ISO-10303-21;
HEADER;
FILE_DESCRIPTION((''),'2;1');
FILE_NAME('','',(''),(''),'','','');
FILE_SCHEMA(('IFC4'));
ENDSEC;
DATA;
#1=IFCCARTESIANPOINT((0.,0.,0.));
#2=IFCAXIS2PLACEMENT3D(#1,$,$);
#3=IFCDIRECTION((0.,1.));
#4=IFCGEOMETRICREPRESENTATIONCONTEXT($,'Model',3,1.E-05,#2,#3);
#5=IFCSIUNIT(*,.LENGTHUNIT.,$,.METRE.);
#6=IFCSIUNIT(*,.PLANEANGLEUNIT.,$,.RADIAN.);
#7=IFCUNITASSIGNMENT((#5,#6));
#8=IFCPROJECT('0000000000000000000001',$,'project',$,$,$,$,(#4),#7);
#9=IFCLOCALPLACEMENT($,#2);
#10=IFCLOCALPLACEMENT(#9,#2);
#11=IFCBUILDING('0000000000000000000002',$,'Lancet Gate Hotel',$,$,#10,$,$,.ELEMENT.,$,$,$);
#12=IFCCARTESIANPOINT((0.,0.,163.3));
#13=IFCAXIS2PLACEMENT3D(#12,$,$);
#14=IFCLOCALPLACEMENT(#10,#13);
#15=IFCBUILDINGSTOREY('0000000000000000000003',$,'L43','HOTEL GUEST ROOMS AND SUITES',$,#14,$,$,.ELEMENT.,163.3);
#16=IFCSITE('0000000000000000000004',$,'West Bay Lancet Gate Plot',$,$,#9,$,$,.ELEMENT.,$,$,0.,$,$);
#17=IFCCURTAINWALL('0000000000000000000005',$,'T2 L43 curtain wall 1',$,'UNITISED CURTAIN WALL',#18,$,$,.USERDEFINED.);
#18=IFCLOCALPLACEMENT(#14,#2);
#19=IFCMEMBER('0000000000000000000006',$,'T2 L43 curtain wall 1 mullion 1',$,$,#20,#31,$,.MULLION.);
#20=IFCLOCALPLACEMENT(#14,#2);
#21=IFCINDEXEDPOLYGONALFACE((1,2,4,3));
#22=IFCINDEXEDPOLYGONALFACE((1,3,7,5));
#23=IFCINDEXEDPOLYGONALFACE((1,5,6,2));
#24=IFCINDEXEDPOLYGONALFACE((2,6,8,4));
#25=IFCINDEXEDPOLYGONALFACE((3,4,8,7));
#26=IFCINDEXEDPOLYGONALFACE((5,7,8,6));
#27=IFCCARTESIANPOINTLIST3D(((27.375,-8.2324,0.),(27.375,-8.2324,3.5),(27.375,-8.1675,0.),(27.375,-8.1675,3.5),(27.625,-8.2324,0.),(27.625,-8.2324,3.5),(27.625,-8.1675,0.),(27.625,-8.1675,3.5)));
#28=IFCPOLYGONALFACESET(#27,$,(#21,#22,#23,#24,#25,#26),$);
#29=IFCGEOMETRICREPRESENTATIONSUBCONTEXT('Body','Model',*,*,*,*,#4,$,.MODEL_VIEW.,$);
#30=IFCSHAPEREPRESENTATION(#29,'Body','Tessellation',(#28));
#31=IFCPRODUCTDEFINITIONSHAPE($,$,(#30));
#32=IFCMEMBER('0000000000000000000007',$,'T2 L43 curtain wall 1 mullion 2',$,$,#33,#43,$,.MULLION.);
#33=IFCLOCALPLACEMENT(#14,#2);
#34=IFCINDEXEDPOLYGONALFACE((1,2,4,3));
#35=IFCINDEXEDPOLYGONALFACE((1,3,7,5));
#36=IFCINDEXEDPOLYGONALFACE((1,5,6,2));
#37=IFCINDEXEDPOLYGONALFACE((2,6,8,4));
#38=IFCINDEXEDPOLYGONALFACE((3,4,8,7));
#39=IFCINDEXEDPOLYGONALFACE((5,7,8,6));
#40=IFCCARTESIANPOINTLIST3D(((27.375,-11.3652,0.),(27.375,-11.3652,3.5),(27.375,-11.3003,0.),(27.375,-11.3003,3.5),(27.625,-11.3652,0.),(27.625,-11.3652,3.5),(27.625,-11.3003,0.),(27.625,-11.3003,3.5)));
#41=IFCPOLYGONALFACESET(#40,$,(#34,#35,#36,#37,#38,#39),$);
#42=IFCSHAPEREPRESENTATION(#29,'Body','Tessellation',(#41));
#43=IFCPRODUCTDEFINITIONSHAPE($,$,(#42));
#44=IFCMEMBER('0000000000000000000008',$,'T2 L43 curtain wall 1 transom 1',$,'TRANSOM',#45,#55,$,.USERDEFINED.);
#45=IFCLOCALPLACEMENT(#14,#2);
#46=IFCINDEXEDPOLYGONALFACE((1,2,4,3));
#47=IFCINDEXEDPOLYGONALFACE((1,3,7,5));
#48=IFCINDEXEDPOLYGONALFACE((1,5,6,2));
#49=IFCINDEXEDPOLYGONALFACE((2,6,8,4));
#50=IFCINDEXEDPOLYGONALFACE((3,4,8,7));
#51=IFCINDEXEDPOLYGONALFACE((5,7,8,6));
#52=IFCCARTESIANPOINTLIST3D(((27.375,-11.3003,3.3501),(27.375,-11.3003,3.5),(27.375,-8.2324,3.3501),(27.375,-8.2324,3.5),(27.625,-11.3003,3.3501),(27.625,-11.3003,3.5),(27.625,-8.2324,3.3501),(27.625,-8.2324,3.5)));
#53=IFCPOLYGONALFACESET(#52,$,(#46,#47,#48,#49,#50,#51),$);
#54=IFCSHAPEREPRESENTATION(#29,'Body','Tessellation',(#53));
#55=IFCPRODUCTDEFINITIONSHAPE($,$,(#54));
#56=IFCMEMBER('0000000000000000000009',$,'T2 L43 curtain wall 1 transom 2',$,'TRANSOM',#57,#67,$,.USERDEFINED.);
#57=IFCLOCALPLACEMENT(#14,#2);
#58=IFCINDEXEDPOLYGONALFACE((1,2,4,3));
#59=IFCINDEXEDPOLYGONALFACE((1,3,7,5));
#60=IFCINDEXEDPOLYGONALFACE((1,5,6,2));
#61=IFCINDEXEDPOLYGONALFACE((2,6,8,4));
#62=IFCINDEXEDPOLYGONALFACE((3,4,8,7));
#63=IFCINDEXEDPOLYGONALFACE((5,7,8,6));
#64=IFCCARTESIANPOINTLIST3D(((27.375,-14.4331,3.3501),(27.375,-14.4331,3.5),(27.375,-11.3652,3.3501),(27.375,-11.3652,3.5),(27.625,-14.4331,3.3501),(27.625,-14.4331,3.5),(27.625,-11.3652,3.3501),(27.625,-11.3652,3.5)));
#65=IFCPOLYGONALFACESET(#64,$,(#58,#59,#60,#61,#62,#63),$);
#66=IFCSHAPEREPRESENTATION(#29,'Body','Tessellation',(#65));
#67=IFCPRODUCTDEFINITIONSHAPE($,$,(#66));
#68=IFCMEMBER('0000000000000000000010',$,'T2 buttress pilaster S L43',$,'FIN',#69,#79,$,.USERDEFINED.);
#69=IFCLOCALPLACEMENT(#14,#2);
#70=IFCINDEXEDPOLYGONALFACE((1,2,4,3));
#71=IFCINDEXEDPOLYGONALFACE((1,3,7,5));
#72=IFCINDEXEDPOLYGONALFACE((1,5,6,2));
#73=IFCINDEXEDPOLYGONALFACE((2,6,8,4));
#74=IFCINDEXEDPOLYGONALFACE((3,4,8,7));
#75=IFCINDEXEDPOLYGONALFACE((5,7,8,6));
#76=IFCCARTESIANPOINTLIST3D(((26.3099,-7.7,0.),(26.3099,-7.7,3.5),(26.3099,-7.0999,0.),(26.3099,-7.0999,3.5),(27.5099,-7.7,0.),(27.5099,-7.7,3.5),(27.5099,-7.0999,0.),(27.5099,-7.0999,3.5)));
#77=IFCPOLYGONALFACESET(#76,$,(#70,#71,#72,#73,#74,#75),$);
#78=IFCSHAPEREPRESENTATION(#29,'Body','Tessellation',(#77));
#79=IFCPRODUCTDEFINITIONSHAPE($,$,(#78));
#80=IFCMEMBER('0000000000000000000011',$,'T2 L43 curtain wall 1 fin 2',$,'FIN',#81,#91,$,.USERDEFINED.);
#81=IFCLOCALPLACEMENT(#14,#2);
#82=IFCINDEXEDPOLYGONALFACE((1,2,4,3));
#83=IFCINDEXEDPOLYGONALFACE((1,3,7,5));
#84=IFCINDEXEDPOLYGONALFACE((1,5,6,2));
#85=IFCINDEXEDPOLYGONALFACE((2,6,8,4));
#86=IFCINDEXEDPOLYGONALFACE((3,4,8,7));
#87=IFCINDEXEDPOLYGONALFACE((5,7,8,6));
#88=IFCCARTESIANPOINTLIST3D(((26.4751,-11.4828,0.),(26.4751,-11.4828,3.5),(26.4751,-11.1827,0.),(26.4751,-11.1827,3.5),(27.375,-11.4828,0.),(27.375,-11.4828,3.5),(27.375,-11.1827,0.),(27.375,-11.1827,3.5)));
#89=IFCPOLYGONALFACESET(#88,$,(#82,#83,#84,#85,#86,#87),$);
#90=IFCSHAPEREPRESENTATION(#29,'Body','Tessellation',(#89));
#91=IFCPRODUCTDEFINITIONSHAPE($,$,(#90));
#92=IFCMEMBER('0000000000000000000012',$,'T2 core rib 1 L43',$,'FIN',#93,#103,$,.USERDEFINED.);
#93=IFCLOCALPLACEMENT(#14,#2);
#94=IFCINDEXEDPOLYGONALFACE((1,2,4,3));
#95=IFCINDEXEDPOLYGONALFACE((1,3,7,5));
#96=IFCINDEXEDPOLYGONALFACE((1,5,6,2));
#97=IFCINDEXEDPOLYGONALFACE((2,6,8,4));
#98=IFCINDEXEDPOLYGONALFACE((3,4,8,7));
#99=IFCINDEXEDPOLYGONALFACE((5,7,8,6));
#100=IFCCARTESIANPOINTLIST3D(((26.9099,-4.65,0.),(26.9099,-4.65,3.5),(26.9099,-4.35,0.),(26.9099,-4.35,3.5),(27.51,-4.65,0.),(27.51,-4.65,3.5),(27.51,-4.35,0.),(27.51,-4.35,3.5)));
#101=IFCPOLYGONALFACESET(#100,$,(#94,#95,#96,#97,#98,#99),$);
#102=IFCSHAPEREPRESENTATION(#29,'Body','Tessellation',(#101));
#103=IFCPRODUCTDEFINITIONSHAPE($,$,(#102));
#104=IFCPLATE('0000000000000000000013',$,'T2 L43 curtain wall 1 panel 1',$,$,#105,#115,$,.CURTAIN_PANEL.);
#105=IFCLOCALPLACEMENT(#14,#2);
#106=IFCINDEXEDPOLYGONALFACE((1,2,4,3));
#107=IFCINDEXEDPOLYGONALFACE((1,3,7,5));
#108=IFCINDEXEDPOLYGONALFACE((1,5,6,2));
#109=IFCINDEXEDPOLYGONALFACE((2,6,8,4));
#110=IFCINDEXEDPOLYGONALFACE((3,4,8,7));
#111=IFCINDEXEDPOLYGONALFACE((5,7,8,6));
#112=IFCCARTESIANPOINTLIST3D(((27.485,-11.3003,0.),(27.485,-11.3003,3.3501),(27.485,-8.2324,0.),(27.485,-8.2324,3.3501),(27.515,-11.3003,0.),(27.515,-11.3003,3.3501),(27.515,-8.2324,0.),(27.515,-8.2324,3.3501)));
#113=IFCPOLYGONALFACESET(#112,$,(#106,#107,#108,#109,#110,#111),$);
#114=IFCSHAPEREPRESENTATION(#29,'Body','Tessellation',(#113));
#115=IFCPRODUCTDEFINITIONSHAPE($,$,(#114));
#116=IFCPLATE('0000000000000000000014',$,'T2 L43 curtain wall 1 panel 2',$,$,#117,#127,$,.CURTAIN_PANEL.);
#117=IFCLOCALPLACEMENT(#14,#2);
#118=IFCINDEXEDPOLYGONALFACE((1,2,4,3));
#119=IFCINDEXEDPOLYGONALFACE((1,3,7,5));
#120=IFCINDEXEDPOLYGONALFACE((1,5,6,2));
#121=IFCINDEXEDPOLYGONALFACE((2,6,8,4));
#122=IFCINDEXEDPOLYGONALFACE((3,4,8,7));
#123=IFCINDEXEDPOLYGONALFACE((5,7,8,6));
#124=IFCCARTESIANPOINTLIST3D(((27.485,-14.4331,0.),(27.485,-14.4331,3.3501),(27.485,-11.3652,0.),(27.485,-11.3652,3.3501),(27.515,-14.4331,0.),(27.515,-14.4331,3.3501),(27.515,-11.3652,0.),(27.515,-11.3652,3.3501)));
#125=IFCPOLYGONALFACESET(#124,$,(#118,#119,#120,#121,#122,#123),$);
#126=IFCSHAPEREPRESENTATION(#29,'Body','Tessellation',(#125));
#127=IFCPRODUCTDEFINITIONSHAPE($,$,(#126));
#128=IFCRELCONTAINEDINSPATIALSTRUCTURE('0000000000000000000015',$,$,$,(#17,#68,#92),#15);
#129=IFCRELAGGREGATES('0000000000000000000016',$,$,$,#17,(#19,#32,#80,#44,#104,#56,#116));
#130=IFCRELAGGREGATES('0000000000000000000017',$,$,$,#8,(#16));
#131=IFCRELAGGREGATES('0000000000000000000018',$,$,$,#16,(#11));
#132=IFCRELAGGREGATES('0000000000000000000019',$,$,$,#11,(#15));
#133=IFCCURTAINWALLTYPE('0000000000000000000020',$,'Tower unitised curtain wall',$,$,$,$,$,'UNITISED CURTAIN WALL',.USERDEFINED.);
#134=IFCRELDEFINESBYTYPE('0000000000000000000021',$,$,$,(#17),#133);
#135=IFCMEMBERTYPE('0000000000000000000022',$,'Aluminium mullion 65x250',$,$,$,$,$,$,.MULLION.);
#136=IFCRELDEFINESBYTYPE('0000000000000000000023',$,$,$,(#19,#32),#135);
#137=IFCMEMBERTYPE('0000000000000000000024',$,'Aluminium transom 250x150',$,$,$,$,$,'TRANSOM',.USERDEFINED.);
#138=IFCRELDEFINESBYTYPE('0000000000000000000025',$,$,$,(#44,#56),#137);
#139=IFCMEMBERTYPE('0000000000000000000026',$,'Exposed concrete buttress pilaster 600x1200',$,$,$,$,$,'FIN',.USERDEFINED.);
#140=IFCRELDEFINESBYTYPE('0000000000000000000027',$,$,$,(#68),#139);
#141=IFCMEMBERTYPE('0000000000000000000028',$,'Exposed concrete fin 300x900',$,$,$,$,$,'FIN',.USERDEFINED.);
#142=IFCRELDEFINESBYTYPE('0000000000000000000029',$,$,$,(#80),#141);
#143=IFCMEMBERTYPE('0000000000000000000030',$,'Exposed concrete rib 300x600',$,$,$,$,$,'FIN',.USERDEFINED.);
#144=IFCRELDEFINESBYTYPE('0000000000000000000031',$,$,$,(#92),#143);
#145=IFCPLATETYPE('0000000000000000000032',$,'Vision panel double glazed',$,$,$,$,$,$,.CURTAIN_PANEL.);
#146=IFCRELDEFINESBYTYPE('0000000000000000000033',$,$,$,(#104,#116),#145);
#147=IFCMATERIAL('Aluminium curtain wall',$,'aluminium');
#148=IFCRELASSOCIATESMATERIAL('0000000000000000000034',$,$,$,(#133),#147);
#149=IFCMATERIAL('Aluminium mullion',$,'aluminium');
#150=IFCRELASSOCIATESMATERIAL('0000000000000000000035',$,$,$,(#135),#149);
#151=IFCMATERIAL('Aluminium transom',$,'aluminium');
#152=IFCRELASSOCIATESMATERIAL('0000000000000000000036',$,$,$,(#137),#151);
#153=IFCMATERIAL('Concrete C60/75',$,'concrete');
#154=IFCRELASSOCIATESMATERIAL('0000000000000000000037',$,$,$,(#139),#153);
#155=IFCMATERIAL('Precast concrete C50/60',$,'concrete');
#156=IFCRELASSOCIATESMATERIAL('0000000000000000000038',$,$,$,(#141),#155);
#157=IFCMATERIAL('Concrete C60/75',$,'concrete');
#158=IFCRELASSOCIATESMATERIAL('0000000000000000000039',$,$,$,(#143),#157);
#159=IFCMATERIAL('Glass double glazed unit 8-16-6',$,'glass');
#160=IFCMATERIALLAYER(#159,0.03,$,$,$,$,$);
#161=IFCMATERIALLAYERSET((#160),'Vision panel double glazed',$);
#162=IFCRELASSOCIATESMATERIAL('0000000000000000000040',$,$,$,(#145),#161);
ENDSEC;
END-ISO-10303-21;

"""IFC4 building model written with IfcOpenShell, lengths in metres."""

from ifc_helpers import new_model, si_unit, direction, frame, origin, origin_2d, place, context, subcontext, project, spatial, rectangle, extrude, material, layer, layer_set, material_profile, profile_set, type_object, element, aggregate, save


model = new_model("IFC4")

# Units and contexts
model_context = context("Model", 3, precision=1e-05, world=origin(), true_north=direction((0.0, 1.0)))
body_context = subcontext(model_context, "Body", "Model", "MODEL_VIEW")
ifc_project = project(units=[si_unit("LENGTHUNIT", "METRE"), si_unit("PLANEANGLEUNIT", "RADIAN")], contexts=[model_context])

# Site, building, storey
site_placement = place(None, origin())
site = spatial("IfcSite", under=ifc_project, at=site_placement, Name="West Bay Lancet Gate Plot", CompositionType="ELEMENT", RefElevation=0.0)
building_placement = place(site_placement, origin())
building = spatial("IfcBuilding", under=site, at=building_placement, Name="Lancet Gate Hotel", CompositionType="ELEMENT")
storey_placement = place(building_placement, frame((0.0, 0.0, 163.3)))
storey = spatial("IfcBuildingStorey", under=building, at=storey_placement, Name="L43", Description="HOTEL GUEST ROOMS AND SUITES", CompositionType="ELEMENT", Elevation=163.3)

# Curtain wall, members
ifc_material_1 = material(Name="Aluminium curtain wall", Category="aluminium")
curtain_wall_type = type_object("IfcCurtainWallType", Name="Tower unitised curtain wall", ElementType="UNITISED CURTAIN WALL", PredefinedType="USERDEFINED", material=ifc_material_1)
curtain_wall_placement = place(storey_placement, origin())
curtain_wall = element("IfcCurtainWall", 1, at=curtain_wall_placement, inside=storey, type_object=curtain_wall_type, Name="T2 L43 curtain wall 1", ObjectType="UNITISED CURTAIN WALL", PredefinedType="USERDEFINED")
ifc_material_2 = material(Name="Aluminium mullion", Category="aluminium")
ifc_material_profile_1 = material_profile(ifc_material_2, rectangle(XDim=0.0649, YDim=0.25, at=origin_2d()), Name="MULLION 65x250")
ifc_profile_set_1 = profile_set([ifc_material_profile_1], Name="Aluminium mullion")
member_type_1 = type_object("IfcMemberType", Name="Aluminium mullion 65x250", PredefinedType="MULLION", material=ifc_profile_set_1)
member_1_placement = place(storey_placement, frame((27.5, -8.2, 0.0), z_axis=(0.0, 0.0, 1.0), x_axis=(0.0, -1.0, 0.0)))
member_1 = element("IfcMember", 2, at=member_1_placement, type_object=member_type_1, Name="T2 L43 curtain wall 1 mullion 1", PredefinedType="MULLION", context=body_context, shape_type="SweptSolid", body=[
    extrude(rectangle(XDim=0.0649, YDim=0.25, at=origin_2d()), origin(), (0.0, 0.0, 1.0), 3.5),
])
member_2_placement = place(storey_placement, frame((27.5, -11.3328, 0.0), z_axis=(0.0, 0.0, 1.0), x_axis=(0.0, -1.0, 0.0)))
member_2 = element("IfcMember", 3, at=member_2_placement, type_object=member_type_1, Name="T2 L43 curtain wall 1 mullion 2", PredefinedType="MULLION", context=body_context, shape_type="SweptSolid", body=[
    extrude(rectangle(XDim=0.0649, YDim=0.25, at=origin_2d()), origin(), (0.0, 0.0, 1.0), 3.5),
])
ifc_material_3 = material(Name="Aluminium transom", Category="aluminium")
ifc_material_profile_2 = material_profile(ifc_material_3, rectangle(XDim=0.25, YDim=0.1499, at=origin_2d()), Name="TRANSOM 250x150")
ifc_profile_set_2 = profile_set([ifc_material_profile_2], Name="Aluminium transom")
member_type_2 = type_object("IfcMemberType", Name="Aluminium transom 250x150", ElementType="TRANSOM", PredefinedType="USERDEFINED", material=ifc_profile_set_2)
member_3_placement = place(storey_placement, frame((27.5, -8.2324, 3.425), z_axis=(0.0, -1.0, 0.0), x_axis=(1.0, 0.0, 0.0)))
member_3 = element("IfcMember", 4, at=member_3_placement, type_object=member_type_2, Name="T2 L43 curtain wall 1 transom 1", ObjectType="TRANSOM", PredefinedType="USERDEFINED", context=body_context, shape_type="SweptSolid", body=[
    extrude(rectangle(XDim=0.25, YDim=0.1499, at=origin_2d()), origin(), (0.0, 0.0, 1.0), 3.0679),
])
member_4_placement = place(storey_placement, frame((27.5, -11.3652, 3.425), z_axis=(0.0, -1.0, 0.0), x_axis=(1.0, 0.0, 0.0)))
member_4 = element("IfcMember", 5, at=member_4_placement, type_object=member_type_2, Name="T2 L43 curtain wall 1 transom 2", ObjectType="TRANSOM", PredefinedType="USERDEFINED", context=body_context, shape_type="SweptSolid", body=[
    extrude(rectangle(XDim=0.25, YDim=0.1499, at=origin_2d()), origin(), (0.0, 0.0, 1.0), 3.0679),
])

# Members
ifc_material_4 = material(Name="Concrete C60/75", Category="concrete")
ifc_material_profile_3 = material_profile(ifc_material_4, rectangle(XDim=0.6001, YDim=1.2, at=origin_2d()), Name="FIN 600x1200")
ifc_profile_set_3 = profile_set([ifc_material_profile_3], Name="Concrete C60/75")
member_type_3 = type_object("IfcMemberType", Name="Exposed concrete buttress pilaster 600x1200", ElementType="FIN", PredefinedType="USERDEFINED", material=ifc_profile_set_3)
member_5_placement = place(storey_placement, frame((26.9099, -7.3999, 0.0), z_axis=(0.0, 0.0, 1.0), x_axis=(0.0, 1.0, 0.0)))
element("IfcMember", 6, at=member_5_placement, inside=storey, type_object=member_type_3, Name="T2 buttress pilaster S L43", ObjectType="FIN", PredefinedType="USERDEFINED", context=body_context, shape_type="SweptSolid", body=[
    extrude(rectangle(XDim=0.6001, YDim=1.2, at=origin_2d()), origin(), (0.0, 0.0, 1.0), 3.5),
])
ifc_material_5 = material(Name="Precast concrete C50/60", Category="concrete")
ifc_material_profile_4 = material_profile(ifc_material_5, rectangle(XDim=0.3, YDim=0.8999, at=origin_2d()), Name="FIN 300x900")
ifc_profile_set_4 = profile_set([ifc_material_profile_4], Name="Precast concrete C50/60")
member_type_4 = type_object("IfcMemberType", Name="Exposed concrete fin 300x900", ElementType="FIN", PredefinedType="USERDEFINED", material=ifc_profile_set_4)
member_6_placement = place(storey_placement, frame((26.925, -11.3328, 0.0), z_axis=(0.0, 0.0, 1.0), x_axis=(0.0, -1.0, 0.0)))
member_6 = element("IfcMember", 7, at=member_6_placement, type_object=member_type_4, Name="T2 L43 curtain wall 1 fin 2", ObjectType="FIN", PredefinedType="USERDEFINED", context=body_context, shape_type="SweptSolid", body=[
    extrude(rectangle(XDim=0.3, YDim=0.8999, at=origin_2d()), origin(), (0.0, 0.0, 1.0), 3.5),
])
ifc_material_6 = material(Name="Concrete C60/75", Category="concrete")
ifc_material_profile_5 = material_profile(ifc_material_6, rectangle(XDim=0.3, YDim=0.6001, at=origin_2d()), Name="FIN 300x600")
ifc_profile_set_5 = profile_set([ifc_material_profile_5], Name="Concrete C60/75")
member_type_5 = type_object("IfcMemberType", Name="Exposed concrete rib 300x600", ElementType="FIN", PredefinedType="USERDEFINED", material=ifc_profile_set_5)
member_7_placement = place(storey_placement, frame((27.21, -4.5, 0.0), z_axis=(0.0, 0.0, 1.0), x_axis=(0.0, 1.0, 0.0)))
element("IfcMember", 8, at=member_7_placement, inside=storey, type_object=member_type_5, Name="T2 core rib 1 L43", ObjectType="FIN", PredefinedType="USERDEFINED", context=body_context, shape_type="SweptSolid", body=[
    extrude(rectangle(XDim=0.3, YDim=0.6001, at=origin_2d()), origin(), (0.0, 0.0, 1.0), 3.5),
])

# Plates
ifc_material_7 = material(Name="Glass double glazed unit 8-16-6", Category="glass")
ifc_layer_1 = layer(ifc_material_7, 0.03)
ifc_layer_set_1 = layer_set([ifc_layer_1], Name="Vision panel double glazed")
plate_type = type_object("IfcPlateType", Name="Vision panel double glazed", PredefinedType="CURTAIN_PANEL", material=ifc_layer_set_1)
plate_1_placement = place(storey_placement, frame((27.5, -9.7664, 0.0), z_axis=(0.0, 0.0, 1.0), x_axis=(0.0, -1.0, 0.0)))
plate_1 = element("IfcPlate", 9, at=plate_1_placement, type_object=plate_type, Name="T2 L43 curtain wall 1 panel 1", PredefinedType="CURTAIN_PANEL", context=body_context, shape_type="SweptSolid", body=[
    extrude(rectangle(XDim=3.0679, YDim=0.03, at=origin_2d()), origin(), (0.0, 0.0, 1.0), 3.3501),
])
plate_2_placement = place(storey_placement, frame((27.5, -12.8992, 0.0), z_axis=(0.0, 0.0, 1.0), x_axis=(0.0, -1.0, 0.0)))
plate_2 = element("IfcPlate", 10, at=plate_2_placement, type_object=plate_type, Name="T2 L43 curtain wall 1 panel 2", PredefinedType="CURTAIN_PANEL", context=body_context, shape_type="SweptSolid", body=[
    extrude(rectangle(XDim=3.0679, YDim=0.03, at=origin_2d()), origin(), (0.0, 0.0, 1.0), 3.3501),
])
aggregate(curtain_wall, [member_1, member_2, member_6, member_3, plate_1, member_4, plate_2])

save(model, "model.ifc")
